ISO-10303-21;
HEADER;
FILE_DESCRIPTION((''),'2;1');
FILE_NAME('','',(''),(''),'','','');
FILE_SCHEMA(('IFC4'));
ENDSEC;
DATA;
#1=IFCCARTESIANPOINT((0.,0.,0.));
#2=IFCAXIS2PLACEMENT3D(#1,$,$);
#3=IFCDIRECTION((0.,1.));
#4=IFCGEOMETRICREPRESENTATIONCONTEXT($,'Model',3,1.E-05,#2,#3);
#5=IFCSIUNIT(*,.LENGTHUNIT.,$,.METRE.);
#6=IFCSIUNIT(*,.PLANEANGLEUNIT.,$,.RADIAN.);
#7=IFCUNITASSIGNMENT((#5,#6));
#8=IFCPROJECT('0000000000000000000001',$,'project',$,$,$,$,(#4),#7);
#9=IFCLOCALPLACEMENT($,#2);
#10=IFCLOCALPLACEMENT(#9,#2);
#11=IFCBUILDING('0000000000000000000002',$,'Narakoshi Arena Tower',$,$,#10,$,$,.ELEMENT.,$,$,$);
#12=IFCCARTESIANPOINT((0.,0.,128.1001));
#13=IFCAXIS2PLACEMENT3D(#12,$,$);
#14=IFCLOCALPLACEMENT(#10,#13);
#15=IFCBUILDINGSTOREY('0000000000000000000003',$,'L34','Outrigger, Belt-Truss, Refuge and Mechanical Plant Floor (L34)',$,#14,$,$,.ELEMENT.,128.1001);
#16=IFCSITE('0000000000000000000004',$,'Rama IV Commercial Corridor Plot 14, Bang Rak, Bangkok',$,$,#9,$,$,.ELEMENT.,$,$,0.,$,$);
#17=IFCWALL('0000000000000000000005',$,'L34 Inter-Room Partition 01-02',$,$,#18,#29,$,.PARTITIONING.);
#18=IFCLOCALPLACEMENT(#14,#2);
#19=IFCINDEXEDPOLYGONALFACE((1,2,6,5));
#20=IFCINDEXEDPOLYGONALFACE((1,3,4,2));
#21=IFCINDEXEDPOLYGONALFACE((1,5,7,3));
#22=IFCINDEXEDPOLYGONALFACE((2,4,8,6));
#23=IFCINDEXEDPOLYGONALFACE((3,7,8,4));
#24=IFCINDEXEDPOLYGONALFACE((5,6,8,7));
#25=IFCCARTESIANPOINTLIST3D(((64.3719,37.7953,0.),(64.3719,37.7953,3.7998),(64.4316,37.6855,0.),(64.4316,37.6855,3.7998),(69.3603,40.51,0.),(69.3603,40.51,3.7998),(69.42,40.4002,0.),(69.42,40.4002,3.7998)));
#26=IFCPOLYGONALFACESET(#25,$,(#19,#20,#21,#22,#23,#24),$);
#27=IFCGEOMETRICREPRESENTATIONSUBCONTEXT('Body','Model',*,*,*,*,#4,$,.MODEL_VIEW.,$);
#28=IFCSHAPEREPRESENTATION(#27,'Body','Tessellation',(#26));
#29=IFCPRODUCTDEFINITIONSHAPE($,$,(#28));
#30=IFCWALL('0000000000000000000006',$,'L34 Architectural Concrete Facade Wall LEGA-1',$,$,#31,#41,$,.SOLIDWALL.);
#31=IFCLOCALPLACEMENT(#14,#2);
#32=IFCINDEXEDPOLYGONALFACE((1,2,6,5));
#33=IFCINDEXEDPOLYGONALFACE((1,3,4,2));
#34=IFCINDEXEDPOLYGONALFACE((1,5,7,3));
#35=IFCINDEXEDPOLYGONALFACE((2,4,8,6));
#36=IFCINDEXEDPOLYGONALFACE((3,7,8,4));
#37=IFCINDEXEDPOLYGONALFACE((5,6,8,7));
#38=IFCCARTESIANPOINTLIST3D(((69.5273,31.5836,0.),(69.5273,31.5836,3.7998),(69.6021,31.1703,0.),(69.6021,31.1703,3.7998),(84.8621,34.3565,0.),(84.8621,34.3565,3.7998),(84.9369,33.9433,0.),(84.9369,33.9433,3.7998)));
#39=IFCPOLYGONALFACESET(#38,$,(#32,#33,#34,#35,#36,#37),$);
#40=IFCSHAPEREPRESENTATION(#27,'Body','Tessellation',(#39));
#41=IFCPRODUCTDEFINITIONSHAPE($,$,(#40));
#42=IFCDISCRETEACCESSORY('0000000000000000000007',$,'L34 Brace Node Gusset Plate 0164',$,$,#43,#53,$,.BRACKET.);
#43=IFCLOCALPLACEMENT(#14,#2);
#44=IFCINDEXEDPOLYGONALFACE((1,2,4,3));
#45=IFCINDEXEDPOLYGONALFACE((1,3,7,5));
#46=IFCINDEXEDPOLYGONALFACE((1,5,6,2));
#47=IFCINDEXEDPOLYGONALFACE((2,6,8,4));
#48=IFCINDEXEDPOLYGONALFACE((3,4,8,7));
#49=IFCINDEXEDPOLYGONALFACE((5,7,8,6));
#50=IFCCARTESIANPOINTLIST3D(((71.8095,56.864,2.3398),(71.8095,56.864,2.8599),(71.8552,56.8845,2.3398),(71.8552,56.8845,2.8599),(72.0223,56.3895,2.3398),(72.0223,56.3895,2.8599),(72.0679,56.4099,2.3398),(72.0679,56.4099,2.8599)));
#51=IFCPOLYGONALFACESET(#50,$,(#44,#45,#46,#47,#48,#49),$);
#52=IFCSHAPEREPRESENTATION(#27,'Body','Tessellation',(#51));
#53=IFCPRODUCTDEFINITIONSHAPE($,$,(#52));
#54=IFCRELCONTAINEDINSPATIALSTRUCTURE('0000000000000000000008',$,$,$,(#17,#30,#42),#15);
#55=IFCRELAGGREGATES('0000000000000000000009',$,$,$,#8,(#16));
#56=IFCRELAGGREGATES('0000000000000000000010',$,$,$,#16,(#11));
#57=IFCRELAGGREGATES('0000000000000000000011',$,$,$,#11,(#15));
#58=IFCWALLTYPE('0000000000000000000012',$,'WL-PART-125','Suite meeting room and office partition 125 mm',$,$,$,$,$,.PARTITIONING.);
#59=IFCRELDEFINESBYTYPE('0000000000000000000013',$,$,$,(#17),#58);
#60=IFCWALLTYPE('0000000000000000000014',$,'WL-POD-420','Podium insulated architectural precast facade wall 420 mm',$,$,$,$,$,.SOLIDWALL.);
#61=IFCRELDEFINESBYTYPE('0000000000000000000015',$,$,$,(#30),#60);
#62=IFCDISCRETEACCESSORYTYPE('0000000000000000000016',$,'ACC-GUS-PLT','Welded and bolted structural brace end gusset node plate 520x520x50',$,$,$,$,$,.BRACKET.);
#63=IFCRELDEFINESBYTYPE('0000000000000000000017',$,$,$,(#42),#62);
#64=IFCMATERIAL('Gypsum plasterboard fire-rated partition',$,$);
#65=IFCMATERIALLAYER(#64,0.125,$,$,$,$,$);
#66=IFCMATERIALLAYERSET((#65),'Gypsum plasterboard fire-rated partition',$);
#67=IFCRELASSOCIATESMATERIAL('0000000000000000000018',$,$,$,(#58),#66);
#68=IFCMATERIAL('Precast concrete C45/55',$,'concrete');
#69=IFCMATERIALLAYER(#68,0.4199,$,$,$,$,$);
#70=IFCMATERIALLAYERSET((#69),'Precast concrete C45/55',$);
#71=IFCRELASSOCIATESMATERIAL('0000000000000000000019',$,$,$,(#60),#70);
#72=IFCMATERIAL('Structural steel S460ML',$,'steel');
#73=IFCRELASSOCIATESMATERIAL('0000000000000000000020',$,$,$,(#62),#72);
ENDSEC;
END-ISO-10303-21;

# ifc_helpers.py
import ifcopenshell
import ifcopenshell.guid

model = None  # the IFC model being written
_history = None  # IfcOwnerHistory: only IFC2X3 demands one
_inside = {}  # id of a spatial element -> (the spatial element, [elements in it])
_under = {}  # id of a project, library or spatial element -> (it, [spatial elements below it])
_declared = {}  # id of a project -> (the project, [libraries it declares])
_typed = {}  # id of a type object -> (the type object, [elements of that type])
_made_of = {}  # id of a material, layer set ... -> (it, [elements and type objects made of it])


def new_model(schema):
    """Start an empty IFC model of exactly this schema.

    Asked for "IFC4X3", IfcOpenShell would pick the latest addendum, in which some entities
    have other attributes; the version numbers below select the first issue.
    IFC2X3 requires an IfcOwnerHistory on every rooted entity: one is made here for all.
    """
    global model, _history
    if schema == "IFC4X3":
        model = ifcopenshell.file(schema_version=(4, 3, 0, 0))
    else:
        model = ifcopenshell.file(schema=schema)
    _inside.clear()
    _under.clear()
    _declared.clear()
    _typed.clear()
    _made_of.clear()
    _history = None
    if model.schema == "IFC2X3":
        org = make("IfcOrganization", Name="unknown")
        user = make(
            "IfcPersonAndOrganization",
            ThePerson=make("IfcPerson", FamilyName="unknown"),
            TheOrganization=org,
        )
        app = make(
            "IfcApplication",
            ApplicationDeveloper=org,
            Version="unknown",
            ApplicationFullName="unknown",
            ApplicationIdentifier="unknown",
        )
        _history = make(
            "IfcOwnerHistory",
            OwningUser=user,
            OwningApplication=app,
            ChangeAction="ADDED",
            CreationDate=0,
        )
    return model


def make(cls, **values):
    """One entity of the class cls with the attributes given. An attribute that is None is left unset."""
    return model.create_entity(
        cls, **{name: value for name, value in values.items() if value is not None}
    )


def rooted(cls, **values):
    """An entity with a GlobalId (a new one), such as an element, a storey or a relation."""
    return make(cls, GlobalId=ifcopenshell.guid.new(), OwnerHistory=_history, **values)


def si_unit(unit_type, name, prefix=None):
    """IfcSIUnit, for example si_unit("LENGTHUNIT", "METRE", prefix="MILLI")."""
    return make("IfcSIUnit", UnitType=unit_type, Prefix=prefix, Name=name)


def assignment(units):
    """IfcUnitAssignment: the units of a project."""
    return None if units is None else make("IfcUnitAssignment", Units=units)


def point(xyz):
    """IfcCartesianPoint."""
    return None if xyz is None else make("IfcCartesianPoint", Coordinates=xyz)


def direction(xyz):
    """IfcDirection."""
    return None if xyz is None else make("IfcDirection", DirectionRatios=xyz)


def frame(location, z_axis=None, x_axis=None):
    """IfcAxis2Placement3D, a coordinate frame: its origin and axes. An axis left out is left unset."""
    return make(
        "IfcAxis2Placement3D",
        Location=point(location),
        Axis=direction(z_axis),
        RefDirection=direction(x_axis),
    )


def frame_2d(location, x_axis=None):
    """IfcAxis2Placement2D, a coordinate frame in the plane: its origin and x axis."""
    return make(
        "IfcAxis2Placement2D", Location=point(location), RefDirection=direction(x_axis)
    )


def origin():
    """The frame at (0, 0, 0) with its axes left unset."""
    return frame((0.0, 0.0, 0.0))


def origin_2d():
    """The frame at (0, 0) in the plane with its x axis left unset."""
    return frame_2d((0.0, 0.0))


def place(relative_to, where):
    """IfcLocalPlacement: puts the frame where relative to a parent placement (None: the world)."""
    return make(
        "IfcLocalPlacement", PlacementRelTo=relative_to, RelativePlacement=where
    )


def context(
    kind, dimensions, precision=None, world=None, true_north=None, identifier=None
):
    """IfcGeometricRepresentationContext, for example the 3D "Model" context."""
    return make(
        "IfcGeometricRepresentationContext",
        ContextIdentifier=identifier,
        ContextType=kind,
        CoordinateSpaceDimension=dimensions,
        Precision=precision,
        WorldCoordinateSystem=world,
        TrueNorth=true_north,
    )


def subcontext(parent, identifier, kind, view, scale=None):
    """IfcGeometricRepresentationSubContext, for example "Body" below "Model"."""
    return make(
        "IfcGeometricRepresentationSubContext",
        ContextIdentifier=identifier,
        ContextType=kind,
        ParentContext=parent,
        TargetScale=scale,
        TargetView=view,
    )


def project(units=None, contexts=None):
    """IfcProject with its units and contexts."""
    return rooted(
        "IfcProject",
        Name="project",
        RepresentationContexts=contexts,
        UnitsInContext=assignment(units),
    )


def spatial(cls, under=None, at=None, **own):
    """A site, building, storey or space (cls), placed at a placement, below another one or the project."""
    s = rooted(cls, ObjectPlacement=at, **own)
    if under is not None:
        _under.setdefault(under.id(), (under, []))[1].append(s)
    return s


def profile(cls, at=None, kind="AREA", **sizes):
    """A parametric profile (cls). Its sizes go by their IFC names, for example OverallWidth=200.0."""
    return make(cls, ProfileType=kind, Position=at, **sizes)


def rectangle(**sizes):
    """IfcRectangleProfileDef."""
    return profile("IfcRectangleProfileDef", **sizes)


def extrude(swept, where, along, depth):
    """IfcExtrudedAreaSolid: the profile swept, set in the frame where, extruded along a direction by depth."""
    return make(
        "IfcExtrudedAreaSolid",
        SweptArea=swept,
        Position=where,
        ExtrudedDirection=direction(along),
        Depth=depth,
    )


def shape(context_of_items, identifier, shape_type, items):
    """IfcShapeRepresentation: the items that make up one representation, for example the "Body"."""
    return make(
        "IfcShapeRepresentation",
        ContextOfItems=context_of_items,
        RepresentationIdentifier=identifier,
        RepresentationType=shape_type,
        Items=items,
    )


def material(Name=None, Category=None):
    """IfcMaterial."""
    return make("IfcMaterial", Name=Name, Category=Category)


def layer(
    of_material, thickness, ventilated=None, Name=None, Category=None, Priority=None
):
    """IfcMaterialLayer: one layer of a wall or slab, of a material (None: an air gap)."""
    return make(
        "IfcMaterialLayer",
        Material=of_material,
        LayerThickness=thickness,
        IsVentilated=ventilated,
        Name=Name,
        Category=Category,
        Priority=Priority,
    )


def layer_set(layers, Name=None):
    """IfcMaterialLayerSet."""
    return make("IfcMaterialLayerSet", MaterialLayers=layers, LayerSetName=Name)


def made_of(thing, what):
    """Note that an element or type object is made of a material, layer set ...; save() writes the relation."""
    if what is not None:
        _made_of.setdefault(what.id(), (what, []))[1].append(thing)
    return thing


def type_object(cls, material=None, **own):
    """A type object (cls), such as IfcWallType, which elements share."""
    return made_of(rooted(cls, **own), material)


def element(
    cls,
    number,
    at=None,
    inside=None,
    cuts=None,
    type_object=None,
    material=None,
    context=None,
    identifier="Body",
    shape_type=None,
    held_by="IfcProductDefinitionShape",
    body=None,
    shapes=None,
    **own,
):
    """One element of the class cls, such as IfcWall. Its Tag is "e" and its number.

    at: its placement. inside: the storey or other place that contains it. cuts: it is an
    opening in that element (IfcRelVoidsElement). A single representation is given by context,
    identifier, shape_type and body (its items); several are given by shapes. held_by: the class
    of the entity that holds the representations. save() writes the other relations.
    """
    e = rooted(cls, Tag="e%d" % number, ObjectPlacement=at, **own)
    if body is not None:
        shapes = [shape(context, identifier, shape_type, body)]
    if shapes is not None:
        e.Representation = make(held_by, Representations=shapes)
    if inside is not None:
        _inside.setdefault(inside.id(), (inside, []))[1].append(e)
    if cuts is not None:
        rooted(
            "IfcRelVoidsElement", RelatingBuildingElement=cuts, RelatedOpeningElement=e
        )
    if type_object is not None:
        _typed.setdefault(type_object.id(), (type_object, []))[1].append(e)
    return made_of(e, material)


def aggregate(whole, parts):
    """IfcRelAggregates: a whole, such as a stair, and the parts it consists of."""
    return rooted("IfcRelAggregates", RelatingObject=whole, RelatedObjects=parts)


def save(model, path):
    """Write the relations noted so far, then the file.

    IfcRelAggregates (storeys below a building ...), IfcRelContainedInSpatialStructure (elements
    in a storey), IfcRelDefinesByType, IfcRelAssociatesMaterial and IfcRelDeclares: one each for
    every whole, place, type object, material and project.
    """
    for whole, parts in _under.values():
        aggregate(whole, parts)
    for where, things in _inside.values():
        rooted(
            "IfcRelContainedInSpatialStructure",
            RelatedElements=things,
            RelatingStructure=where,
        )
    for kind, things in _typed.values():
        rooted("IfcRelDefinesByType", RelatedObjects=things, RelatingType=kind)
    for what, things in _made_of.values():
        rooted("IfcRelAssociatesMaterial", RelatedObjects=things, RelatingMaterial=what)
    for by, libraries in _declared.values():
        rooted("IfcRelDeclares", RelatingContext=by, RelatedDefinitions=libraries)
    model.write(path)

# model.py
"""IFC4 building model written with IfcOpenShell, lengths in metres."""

from ifc_helpers import new_model, si_unit, direction, frame, frame_2d, origin, origin_2d, place, context, subcontext, project, spatial, rectangle, extrude, material, layer, layer_set, type_object, element, save


model = new_model("IFC4")

# Units and contexts
model_context = context("Model", 3, precision=1e-05, world=origin(), true_north=direction((0.0, 1.0)))
body_context = subcontext(model_context, "Body", "Model", "MODEL_VIEW")
ifc_project = project(units=[si_unit("LENGTHUNIT", "METRE"), si_unit("PLANEANGLEUNIT", "RADIAN")], contexts=[model_context])

# Site, building, storey
site_placement = place(None, origin())
site = spatial("IfcSite", under=ifc_project, at=site_placement, Name="Rama IV Commercial Corridor Plot 14, Bang Rak, Bangkok", CompositionType="ELEMENT", RefElevation=0.0)
building_placement = place(site_placement, origin())
building = spatial("IfcBuilding", under=site, at=building_placement, Name="Narakoshi Arena Tower", CompositionType="ELEMENT")
storey_placement = place(building_placement, frame((0.0, 0.0, 128.1001)))
storey = spatial("IfcBuildingStorey", under=building, at=storey_placement, Name="L34", Description="Outrigger, Belt-Truss, Refuge and Mechanical Plant Floor (L34)", CompositionType="ELEMENT", Elevation=128.1001)

# Shared definitions
ifc_material_1 = material(Name="Structural steel S460ML", Category="steel")

# Shared definitions
ifc_material_2 = material(Name="Gypsum plasterboard fire-rated partition")

# Walls
ifc_layer_1 = layer(ifc_material_2, 0.125)
ifc_layer_set_1 = layer_set([ifc_layer_1], Name="Gypsum plasterboard fire-rated partition")
wall_type_1 = type_object("IfcWallType", Name="WL-PART-125", Description="Suite meeting room and office partition 125 mm", PredefinedType="PARTITIONING", material=ifc_layer_set_1)
wall_1_placement = place(storey_placement, frame((69.3901, 40.4551, 0.0), z_axis=(0.0, 0.0, 1.0), x_axis=(-0.87836, -0.478, 0.0)))
element("IfcWall", 1, at=wall_1_placement, inside=storey, type_object=wall_type_1, Name="L34 Inter-Room Partition 01-02", PredefinedType="PARTITIONING", context=body_context, shape_type="SweptSolid", body=[
    extrude(rectangle(XDim=5.6792, YDim=0.125, at=frame_2d((2.8396, 0.0))), origin(), (0.0, 0.0, 1.0), 3.7998),
])
ifc_material_3 = material(Name="Precast concrete C45/55", Category="concrete")
ifc_layer_2 = layer(ifc_material_3, 0.4199)
ifc_layer_set_2 = layer_set([ifc_layer_2], Name="Precast concrete C45/55")
wall_type_2 = type_object("IfcWallType", Name="WL-POD-420", Description="Podium insulated architectural precast facade wall 420 mm", PredefinedType="SOLIDWALL", material=ifc_layer_set_2)
wall_2_placement = place(storey_placement, frame((69.5647, 31.377, 0.0), z_axis=(0.0, 0.0, 1.0), x_axis=(0.984041, 0.177942, 0.0)))
element("IfcWall", 2, at=wall_2_placement, inside=storey, type_object=wall_type_2, Name="L34 Architectural Concrete Facade Wall LEGA-1", PredefinedType="SOLIDWALL", context=body_context, shape_type="SweptSolid", body=[
    extrude(rectangle(XDim=15.5835, YDim=0.4199, at=frame_2d((7.7917, 0.0))), origin(), (0.0, 0.0, 1.0), 3.7998),
])

# Discrete accessory
discrete_accessory_type = type_object("IfcDiscreteAccessoryType", Name="ACC-GUS-PLT", Description="Welded and bolted structural brace end gusset node plate 520x520x50", PredefinedType="BRACKET", material=ifc_material_1)
discrete_accessory_placement = place(storey_placement, frame((71.9387, 56.637, 2.3398), z_axis=(0.0, 0.0, 1.0), x_axis=(-0.409127, 0.912477, 0.0)))
element("IfcDiscreteAccessory", 3, at=discrete_accessory_placement, inside=storey, type_object=discrete_accessory_type, Name="L34 Brace Node Gusset Plate 0164", PredefinedType="BRACKET", context=body_context, shape_type="SweptSolid", body=[
    extrude(rectangle(XDim=0.52, YDim=0.05, at=origin_2d()), origin(), (0.0, 0.0, 1.0), 0.52),
])

save(model, "model.ifc")
